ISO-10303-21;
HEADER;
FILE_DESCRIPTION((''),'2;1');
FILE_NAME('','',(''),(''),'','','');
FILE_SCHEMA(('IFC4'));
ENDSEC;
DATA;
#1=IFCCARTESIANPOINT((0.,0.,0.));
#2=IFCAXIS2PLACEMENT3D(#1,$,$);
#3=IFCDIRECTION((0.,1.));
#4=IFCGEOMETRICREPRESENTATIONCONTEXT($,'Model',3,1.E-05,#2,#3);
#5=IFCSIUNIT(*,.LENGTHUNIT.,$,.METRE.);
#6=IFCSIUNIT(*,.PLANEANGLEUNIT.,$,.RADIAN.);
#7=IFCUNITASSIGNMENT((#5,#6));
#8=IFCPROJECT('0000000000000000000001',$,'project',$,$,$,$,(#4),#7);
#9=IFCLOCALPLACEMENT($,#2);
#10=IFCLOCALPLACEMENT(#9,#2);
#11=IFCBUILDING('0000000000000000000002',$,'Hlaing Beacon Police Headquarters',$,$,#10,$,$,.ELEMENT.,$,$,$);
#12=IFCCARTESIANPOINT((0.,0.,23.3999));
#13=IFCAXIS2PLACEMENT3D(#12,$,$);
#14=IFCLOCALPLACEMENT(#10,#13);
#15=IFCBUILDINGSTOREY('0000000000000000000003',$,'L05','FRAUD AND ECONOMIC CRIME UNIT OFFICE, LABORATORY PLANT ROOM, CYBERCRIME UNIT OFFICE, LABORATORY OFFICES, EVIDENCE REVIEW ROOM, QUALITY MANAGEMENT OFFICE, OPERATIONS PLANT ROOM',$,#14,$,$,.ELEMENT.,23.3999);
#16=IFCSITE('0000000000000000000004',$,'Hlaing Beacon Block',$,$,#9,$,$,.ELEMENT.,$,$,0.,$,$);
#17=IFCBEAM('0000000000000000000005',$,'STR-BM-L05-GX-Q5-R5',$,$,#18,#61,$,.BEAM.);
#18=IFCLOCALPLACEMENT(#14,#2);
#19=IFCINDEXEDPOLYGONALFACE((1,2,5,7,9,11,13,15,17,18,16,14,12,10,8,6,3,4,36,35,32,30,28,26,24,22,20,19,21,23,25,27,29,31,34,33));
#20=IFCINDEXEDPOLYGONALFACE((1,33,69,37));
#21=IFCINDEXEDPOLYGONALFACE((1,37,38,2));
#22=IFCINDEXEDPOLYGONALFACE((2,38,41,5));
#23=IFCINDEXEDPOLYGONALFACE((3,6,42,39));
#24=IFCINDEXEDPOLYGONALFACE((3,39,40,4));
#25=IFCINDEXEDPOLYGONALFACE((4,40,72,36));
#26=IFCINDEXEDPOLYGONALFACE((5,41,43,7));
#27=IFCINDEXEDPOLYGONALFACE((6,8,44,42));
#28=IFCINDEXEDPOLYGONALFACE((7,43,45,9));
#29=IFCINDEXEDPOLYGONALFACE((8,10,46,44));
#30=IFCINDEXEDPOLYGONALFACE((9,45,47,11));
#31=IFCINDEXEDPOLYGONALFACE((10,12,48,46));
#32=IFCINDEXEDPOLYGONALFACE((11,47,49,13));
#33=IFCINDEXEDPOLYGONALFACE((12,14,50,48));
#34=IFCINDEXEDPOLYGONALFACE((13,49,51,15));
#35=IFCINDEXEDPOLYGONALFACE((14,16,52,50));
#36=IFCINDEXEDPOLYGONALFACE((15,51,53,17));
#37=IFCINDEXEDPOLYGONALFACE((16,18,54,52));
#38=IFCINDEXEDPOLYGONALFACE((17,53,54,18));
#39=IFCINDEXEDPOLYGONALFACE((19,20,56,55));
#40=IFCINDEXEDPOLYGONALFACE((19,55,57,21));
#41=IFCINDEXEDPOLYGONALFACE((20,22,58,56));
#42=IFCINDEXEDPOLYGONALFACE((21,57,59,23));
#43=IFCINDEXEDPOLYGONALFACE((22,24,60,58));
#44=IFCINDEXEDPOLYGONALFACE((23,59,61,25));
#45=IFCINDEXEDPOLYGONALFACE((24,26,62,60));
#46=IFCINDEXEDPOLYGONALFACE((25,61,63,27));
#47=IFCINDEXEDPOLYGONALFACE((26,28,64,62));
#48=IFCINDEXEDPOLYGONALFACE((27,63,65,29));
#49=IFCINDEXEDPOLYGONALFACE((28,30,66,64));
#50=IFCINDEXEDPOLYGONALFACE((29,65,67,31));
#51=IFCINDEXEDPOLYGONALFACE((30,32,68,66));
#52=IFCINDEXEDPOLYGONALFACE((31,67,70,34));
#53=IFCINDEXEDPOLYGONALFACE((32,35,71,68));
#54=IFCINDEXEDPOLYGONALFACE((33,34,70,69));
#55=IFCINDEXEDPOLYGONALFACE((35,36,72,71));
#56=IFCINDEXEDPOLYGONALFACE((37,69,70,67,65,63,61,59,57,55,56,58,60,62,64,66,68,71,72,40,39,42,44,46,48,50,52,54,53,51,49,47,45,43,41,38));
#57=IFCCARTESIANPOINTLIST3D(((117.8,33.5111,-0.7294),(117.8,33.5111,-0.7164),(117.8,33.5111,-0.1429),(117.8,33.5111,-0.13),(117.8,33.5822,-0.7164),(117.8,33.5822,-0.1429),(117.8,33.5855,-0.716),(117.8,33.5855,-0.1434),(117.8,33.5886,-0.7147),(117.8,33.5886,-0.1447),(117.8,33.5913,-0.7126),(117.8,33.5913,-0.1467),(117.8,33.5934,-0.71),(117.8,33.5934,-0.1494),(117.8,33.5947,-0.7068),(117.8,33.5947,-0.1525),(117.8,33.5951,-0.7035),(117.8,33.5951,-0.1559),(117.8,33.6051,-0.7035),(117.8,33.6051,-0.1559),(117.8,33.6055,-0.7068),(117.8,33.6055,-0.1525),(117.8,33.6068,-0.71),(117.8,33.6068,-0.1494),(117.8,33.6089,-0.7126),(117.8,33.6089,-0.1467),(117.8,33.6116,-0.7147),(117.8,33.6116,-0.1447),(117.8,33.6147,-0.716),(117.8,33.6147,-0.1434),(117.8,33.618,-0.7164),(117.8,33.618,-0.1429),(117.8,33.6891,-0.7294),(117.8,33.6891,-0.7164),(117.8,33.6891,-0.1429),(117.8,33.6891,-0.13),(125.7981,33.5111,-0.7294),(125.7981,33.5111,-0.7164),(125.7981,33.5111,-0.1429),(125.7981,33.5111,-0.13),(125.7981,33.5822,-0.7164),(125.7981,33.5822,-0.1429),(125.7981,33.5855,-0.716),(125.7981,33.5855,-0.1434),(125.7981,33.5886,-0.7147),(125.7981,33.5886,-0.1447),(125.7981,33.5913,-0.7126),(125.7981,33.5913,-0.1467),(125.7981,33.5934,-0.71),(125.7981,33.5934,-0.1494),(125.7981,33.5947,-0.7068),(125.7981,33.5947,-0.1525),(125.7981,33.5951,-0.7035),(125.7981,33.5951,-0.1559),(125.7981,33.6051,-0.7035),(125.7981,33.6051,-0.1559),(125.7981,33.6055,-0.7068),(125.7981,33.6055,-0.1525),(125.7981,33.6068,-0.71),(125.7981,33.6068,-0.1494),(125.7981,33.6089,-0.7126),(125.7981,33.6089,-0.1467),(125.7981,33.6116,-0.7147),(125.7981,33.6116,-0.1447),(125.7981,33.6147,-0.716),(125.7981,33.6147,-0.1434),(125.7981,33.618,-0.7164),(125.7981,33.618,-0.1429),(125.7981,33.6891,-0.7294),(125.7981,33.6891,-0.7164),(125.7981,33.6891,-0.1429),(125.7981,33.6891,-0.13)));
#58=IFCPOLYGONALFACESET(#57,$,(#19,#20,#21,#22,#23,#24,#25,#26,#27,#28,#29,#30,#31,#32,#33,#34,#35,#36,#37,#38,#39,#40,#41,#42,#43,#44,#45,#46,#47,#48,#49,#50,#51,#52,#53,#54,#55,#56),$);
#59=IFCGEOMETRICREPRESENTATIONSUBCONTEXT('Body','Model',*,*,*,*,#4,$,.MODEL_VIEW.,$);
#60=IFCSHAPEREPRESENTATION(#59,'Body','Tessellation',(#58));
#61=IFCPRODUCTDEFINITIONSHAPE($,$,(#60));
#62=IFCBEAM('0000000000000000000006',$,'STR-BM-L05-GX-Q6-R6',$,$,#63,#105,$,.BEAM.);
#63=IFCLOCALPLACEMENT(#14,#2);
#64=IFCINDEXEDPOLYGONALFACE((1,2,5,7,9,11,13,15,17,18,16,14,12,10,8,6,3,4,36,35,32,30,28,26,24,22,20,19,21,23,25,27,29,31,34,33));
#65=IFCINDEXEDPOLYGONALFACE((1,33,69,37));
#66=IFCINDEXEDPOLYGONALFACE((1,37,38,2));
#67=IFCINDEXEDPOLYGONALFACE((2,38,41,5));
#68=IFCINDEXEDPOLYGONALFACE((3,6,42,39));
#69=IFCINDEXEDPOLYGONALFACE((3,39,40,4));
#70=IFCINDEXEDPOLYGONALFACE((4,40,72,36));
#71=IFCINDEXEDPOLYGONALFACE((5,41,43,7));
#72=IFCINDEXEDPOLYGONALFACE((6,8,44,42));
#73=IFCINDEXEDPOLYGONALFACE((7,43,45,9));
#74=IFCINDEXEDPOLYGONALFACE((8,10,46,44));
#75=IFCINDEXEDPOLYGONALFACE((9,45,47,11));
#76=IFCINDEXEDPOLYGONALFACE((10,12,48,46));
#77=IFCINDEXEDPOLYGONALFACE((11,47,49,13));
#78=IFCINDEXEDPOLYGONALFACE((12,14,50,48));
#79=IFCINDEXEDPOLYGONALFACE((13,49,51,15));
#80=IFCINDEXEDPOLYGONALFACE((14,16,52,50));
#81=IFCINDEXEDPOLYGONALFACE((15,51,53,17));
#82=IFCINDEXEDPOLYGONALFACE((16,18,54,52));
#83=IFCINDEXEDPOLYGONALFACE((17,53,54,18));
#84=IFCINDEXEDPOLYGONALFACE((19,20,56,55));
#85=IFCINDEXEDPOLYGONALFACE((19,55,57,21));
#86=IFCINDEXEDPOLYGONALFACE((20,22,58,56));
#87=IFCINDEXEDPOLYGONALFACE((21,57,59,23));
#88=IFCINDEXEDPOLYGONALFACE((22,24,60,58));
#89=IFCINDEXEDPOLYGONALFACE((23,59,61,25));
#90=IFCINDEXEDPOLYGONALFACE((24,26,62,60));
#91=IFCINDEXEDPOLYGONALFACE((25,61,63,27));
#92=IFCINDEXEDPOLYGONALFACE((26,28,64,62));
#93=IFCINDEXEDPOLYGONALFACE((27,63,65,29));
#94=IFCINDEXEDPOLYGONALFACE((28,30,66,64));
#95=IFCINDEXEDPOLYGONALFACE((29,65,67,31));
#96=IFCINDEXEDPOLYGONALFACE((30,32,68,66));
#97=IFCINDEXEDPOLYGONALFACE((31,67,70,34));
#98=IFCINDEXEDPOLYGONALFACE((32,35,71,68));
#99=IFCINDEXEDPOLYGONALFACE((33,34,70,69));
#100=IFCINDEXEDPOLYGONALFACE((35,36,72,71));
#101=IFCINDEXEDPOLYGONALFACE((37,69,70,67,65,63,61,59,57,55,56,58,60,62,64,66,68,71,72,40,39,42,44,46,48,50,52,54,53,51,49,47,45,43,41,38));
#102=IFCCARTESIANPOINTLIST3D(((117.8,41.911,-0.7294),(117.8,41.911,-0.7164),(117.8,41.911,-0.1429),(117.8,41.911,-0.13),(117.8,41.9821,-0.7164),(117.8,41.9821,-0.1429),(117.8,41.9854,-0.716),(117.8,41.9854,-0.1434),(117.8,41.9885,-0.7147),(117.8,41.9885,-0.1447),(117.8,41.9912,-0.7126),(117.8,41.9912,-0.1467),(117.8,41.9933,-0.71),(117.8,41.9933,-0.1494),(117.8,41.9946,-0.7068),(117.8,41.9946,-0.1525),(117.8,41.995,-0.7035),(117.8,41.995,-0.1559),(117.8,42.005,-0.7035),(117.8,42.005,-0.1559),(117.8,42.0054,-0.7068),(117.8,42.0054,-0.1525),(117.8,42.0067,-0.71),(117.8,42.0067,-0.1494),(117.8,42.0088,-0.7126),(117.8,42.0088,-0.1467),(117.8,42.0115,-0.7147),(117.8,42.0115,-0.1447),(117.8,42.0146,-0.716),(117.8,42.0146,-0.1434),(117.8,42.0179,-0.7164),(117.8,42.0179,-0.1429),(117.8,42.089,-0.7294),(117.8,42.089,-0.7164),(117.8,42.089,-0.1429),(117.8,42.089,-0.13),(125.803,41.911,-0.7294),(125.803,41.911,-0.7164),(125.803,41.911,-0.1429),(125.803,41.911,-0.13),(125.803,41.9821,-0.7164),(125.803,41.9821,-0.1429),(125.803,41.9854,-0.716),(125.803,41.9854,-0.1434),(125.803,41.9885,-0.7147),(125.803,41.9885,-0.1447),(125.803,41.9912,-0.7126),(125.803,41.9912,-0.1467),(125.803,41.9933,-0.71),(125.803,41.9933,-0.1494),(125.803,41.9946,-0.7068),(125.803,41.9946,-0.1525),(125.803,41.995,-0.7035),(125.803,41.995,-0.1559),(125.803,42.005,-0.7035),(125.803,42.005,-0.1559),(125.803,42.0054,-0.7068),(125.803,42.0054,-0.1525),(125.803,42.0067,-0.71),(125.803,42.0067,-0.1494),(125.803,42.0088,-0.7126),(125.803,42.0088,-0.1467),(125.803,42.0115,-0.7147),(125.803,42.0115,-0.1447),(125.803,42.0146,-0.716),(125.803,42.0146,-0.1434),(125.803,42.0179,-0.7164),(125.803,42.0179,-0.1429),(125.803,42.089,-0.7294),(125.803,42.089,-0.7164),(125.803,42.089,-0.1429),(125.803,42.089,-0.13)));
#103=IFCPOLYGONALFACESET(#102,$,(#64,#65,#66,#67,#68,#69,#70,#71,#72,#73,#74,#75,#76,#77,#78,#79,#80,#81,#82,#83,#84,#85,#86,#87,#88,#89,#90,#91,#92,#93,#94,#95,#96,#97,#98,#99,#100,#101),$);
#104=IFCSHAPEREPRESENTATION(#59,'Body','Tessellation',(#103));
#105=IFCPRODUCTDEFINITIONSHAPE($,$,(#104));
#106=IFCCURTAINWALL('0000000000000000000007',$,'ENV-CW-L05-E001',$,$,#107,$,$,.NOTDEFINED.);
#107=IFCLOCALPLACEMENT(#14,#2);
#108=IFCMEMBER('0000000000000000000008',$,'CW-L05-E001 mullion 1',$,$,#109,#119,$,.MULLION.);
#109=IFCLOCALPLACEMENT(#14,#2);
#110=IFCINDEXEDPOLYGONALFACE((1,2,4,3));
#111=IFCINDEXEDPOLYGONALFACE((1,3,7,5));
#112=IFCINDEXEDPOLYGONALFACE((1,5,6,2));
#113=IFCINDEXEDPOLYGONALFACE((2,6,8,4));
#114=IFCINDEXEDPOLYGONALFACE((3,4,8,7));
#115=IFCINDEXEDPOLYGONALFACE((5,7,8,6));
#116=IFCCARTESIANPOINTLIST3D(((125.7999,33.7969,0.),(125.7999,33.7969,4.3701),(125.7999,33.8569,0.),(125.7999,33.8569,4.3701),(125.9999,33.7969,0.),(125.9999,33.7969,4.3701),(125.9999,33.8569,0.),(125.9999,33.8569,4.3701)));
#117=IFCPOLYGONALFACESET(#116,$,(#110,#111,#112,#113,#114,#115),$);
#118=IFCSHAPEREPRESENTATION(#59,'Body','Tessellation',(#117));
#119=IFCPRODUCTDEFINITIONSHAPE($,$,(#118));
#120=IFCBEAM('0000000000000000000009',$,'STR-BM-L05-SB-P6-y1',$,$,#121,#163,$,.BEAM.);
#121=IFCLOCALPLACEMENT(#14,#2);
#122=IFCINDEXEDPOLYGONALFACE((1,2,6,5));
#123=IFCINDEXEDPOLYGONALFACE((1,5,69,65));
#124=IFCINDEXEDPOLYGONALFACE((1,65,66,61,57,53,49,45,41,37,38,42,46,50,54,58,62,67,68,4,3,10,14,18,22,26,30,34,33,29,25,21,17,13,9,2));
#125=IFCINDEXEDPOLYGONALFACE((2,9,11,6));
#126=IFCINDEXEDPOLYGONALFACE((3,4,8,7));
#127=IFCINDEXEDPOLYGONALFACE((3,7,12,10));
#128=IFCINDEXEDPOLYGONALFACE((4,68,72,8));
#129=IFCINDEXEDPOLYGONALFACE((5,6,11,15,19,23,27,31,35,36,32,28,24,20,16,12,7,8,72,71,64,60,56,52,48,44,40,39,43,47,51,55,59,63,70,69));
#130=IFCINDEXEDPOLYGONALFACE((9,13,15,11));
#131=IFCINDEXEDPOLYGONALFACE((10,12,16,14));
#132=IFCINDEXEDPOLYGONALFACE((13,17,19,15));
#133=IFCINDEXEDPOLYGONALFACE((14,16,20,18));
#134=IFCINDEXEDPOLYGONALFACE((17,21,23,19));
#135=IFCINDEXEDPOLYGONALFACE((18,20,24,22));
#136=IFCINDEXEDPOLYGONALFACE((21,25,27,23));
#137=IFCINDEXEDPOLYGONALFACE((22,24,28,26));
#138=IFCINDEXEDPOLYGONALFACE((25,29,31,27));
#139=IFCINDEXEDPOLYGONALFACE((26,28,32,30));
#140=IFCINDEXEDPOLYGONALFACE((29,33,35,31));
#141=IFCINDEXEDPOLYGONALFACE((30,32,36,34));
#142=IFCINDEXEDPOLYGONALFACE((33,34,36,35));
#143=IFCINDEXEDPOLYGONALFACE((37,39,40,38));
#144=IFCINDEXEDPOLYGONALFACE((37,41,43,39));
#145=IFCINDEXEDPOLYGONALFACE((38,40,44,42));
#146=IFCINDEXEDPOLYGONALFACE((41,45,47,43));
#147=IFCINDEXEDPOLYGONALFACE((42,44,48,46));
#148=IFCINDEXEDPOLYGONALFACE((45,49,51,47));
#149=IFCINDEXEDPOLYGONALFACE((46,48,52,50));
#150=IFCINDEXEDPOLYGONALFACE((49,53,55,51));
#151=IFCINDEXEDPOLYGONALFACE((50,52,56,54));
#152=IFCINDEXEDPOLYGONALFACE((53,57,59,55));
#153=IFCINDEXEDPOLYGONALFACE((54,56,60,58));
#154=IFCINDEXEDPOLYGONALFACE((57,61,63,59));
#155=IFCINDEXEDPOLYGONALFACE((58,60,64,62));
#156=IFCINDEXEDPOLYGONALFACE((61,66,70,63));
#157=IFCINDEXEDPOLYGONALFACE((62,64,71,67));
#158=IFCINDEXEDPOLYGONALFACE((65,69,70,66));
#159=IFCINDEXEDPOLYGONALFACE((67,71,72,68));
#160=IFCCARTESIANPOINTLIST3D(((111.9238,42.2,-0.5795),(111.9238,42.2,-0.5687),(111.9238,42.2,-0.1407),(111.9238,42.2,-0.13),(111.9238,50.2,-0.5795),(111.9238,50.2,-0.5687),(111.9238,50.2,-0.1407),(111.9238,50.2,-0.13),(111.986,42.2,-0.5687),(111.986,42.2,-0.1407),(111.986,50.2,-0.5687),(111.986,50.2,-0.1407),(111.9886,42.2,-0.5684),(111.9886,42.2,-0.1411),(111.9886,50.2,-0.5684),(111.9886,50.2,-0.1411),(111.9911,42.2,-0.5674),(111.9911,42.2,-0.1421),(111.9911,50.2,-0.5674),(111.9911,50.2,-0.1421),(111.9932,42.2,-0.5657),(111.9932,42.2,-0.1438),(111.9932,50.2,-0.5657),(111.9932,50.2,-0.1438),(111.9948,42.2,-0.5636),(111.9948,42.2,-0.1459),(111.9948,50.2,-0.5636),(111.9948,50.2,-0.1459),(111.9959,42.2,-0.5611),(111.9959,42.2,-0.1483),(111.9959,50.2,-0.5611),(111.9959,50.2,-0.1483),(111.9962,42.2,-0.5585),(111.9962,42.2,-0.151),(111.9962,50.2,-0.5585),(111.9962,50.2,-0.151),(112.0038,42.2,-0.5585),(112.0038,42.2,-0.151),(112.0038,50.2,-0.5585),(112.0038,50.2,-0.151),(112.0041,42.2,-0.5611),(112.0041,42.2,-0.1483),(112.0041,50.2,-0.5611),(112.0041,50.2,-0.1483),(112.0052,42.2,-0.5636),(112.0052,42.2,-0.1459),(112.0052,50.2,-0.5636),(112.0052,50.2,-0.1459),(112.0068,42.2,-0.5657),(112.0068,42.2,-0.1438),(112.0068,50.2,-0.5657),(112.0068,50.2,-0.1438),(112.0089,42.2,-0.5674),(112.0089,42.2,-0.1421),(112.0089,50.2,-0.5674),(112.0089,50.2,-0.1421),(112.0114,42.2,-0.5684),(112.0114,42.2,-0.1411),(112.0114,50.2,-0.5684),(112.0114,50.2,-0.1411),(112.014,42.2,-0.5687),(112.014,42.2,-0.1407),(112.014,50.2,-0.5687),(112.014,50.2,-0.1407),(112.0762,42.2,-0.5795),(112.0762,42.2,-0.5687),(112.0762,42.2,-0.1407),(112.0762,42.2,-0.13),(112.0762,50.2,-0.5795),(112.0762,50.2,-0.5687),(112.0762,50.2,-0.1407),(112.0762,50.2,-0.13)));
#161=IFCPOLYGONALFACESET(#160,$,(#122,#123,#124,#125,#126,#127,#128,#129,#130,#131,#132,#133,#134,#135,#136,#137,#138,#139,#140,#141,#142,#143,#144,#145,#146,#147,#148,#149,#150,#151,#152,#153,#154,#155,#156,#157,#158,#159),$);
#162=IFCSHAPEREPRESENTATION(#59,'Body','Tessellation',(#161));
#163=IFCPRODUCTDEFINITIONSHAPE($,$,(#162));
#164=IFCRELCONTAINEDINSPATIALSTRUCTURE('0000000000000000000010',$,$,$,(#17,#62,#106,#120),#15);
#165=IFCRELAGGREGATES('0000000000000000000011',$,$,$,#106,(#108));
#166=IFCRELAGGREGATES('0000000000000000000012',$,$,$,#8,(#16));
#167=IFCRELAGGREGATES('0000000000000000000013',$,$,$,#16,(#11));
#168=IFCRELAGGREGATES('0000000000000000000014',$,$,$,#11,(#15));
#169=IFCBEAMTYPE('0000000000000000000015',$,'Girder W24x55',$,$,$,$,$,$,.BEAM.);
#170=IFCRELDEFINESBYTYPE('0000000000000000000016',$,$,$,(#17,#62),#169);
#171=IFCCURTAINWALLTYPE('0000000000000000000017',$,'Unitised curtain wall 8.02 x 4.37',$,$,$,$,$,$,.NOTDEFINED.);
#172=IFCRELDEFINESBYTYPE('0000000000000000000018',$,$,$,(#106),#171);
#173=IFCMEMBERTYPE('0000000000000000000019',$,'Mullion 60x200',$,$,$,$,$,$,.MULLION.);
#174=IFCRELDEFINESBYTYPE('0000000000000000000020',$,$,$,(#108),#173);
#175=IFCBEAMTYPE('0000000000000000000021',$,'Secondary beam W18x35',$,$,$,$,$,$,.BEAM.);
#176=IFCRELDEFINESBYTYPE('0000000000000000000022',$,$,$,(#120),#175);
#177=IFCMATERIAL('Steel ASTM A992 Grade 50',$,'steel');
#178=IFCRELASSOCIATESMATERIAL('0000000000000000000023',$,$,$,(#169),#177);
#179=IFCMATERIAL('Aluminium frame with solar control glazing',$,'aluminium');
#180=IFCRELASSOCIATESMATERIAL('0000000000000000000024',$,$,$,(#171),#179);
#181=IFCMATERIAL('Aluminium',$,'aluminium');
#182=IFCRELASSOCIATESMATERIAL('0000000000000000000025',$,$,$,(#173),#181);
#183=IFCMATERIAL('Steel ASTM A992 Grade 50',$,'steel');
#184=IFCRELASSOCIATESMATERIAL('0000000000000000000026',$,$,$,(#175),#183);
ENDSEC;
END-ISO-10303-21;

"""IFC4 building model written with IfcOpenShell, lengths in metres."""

from ifc_helpers import new_model, si_unit, direction, frame, origin, origin_2d, place, context, subcontext, project, spatial, rectangle, i_section, extrude, material, material_profile, profile_set, type_object, element, aggregate, save


model = new_model("IFC4")

# Units and contexts
model_context = context("Model", 3, precision=1e-05, world=origin(), true_north=direction((0.0, 1.0)))
body_context = subcontext(model_context, "Body", "Model", "MODEL_VIEW")
ifc_project = project(units=[si_unit("LENGTHUNIT", "METRE"), si_unit("PLANEANGLEUNIT", "RADIAN")], contexts=[model_context])

# Site, building, storey
site_placement = place(None, origin())
site = spatial("IfcSite", under=ifc_project, at=site_placement, Name="Hlaing Beacon Block", CompositionType="ELEMENT", RefElevation=0.0)
building_placement = place(site_placement, origin())
building = spatial("IfcBuilding", under=site, at=building_placement, Name="Hlaing Beacon Police Headquarters", CompositionType="ELEMENT")
storey_placement = place(building_placement, frame((0.0, 0.0, 23.3999)))
storey = spatial("IfcBuildingStorey", under=building, at=storey_placement, Name="L05", Description="FRAUD AND ECONOMIC CRIME UNIT OFFICE, LABORATORY PLANT ROOM, CYBERCRIME UNIT OFFICE, LABORATORY OFFICES, EVIDENCE REVIEW ROOM, QUALITY MANAGEMENT OFFICE, OPERATIONS PLANT ROOM", CompositionType="ELEMENT", Elevation=23.3999)

# Beams
ifc_material_1 = material(Name="Steel ASTM A992 Grade 50", Category="steel")
ifc_material_profile_1 = material_profile(ifc_material_1, i_section(OverallWidth=0.178, OverallDepth=0.5994, WebThickness=0.01, FlangeThickness=0.0129, FilletRadius=0.0129, at=origin_2d()), Name="W24x55")
ifc_profile_set_1 = profile_set([ifc_material_profile_1], Name="Steel ASTM A992 Grade 50")
beam_type_1 = type_object("IfcBeamType", Name="Girder W24x55", PredefinedType="BEAM", material=ifc_profile_set_1)
beam_1_placement = place(storey_placement, frame((117.8, 33.6001, -0.4297), z_axis=(1.0, 0.0, 0.0), x_axis=(0.0, 1.0, 0.0)))
element("IfcBeam", 1, at=beam_1_placement, inside=storey, type_object=beam_type_1, Name="STR-BM-L05-GX-Q5-R5", PredefinedType="BEAM", context=body_context, shape_type="SweptSolid", body=[
    extrude(i_section(OverallWidth=0.178, OverallDepth=0.5994, WebThickness=0.01, FlangeThickness=0.0129, FilletRadius=0.0129, at=origin_2d()), origin(), (0.0, 0.0, 1.0), 7.998),
])
beam_2_placement = place(storey_placement, frame((117.8, 42.0, -0.4297), z_axis=(1.0, 0.0, 0.0), x_axis=(0.0, 1.0, 0.0)))
element("IfcBeam", 2, at=beam_2_placement, inside=storey, type_object=beam_type_1, Name="STR-BM-L05-GX-Q6-R6", PredefinedType="BEAM", context=body_context, shape_type="SweptSolid", body=[
    extrude(i_section(OverallWidth=0.178, OverallDepth=0.5994, WebThickness=0.01, FlangeThickness=0.0129, FilletRadius=0.0129, at=origin_2d()), origin(), (0.0, 0.0, 1.0), 8.0029),
])

# Curtain wall, member
ifc_material_2 = material(Name="Aluminium frame with solar control glazing", Category="aluminium")
curtain_wall_type = type_object("IfcCurtainWallType", Name="Unitised curtain wall 8.02 x 4.37", PredefinedType="NOTDEFINED", material=ifc_material_2)
curtain_wall_placement = place(storey_placement, origin())
curtain_wall = element("IfcCurtainWall", 3, at=curtain_wall_placement, inside=storey, type_object=curtain_wall_type, Name="ENV-CW-L05-E001", PredefinedType="NOTDEFINED")
ifc_material_3 = material(Name="Aluminium", Category="aluminium")
ifc_material_profile_2 = material_profile(ifc_material_3, rectangle(XDim=0.2, YDim=0.0601, at=origin_2d()), Name="Mullion 60x200")
ifc_profile_set_2 = profile_set([ifc_material_profile_2], Name="Aluminium")
member_type_1 = type_object("IfcMemberType", Name="Mullion 60x200", PredefinedType="MULLION", material=ifc_profile_set_2)
member_1_placement = place(storey_placement, frame((125.8999, 33.8269, 0.0), z_axis=(0.0, 0.0, 1.0), x_axis=(-1.0, 0.0, 0.0)))
member_1 = element("IfcMember", 4, at=member_1_placement, type_object=member_type_1, Name="CW-L05-E001 mullion 1", PredefinedType="MULLION", context=body_context, shape_type="SweptSolid", body=[
    extrude(rectangle(XDim=0.2, YDim=0.0601, at=origin_2d()), origin(), (0.0, 0.0, 1.0), 4.3701),
])

# Beam
ifc_material_4 = material(Name="Steel ASTM A992 Grade 50", Category="steel")
ifc_material_profile_3 = material_profile(ifc_material_4, i_section(OverallWidth=0.1523, OverallDepth=0.4495, WebThickness=0.0076, FlangeThickness=0.0107, FilletRadius=0.0103, at=origin_2d()), Name="W18x35")
ifc_profile_set_3 = profile_set([ifc_material_profile_3], Name="Steel ASTM A992 Grade 50")
beam_type_2 = type_object("IfcBeamType", Name="Secondary beam W18x35", PredefinedType="BEAM", material=ifc_profile_set_3)
beam_3_placement = place(storey_placement, frame((112.0, 42.2, -0.3547), z_axis=(0.0, 1.0, 0.0), x_axis=(-1.0, 0.0, 0.0)))
element("IfcBeam", 5, at=beam_3_placement, inside=storey, type_object=beam_type_2, Name="STR-BM-L05-SB-P6-y1", PredefinedType="BEAM", context=body_context, shape_type="SweptSolid", body=[
    extrude(i_section(OverallWidth=0.1523, OverallDepth=0.4495, WebThickness=0.0076, FlangeThickness=0.0107, FilletRadius=0.0103, at=origin_2d()), origin(), (0.0, 0.0, 1.0), 8.0),
])

aggregate(curtain_wall, [member_1])

save(model, "model.ifc")
